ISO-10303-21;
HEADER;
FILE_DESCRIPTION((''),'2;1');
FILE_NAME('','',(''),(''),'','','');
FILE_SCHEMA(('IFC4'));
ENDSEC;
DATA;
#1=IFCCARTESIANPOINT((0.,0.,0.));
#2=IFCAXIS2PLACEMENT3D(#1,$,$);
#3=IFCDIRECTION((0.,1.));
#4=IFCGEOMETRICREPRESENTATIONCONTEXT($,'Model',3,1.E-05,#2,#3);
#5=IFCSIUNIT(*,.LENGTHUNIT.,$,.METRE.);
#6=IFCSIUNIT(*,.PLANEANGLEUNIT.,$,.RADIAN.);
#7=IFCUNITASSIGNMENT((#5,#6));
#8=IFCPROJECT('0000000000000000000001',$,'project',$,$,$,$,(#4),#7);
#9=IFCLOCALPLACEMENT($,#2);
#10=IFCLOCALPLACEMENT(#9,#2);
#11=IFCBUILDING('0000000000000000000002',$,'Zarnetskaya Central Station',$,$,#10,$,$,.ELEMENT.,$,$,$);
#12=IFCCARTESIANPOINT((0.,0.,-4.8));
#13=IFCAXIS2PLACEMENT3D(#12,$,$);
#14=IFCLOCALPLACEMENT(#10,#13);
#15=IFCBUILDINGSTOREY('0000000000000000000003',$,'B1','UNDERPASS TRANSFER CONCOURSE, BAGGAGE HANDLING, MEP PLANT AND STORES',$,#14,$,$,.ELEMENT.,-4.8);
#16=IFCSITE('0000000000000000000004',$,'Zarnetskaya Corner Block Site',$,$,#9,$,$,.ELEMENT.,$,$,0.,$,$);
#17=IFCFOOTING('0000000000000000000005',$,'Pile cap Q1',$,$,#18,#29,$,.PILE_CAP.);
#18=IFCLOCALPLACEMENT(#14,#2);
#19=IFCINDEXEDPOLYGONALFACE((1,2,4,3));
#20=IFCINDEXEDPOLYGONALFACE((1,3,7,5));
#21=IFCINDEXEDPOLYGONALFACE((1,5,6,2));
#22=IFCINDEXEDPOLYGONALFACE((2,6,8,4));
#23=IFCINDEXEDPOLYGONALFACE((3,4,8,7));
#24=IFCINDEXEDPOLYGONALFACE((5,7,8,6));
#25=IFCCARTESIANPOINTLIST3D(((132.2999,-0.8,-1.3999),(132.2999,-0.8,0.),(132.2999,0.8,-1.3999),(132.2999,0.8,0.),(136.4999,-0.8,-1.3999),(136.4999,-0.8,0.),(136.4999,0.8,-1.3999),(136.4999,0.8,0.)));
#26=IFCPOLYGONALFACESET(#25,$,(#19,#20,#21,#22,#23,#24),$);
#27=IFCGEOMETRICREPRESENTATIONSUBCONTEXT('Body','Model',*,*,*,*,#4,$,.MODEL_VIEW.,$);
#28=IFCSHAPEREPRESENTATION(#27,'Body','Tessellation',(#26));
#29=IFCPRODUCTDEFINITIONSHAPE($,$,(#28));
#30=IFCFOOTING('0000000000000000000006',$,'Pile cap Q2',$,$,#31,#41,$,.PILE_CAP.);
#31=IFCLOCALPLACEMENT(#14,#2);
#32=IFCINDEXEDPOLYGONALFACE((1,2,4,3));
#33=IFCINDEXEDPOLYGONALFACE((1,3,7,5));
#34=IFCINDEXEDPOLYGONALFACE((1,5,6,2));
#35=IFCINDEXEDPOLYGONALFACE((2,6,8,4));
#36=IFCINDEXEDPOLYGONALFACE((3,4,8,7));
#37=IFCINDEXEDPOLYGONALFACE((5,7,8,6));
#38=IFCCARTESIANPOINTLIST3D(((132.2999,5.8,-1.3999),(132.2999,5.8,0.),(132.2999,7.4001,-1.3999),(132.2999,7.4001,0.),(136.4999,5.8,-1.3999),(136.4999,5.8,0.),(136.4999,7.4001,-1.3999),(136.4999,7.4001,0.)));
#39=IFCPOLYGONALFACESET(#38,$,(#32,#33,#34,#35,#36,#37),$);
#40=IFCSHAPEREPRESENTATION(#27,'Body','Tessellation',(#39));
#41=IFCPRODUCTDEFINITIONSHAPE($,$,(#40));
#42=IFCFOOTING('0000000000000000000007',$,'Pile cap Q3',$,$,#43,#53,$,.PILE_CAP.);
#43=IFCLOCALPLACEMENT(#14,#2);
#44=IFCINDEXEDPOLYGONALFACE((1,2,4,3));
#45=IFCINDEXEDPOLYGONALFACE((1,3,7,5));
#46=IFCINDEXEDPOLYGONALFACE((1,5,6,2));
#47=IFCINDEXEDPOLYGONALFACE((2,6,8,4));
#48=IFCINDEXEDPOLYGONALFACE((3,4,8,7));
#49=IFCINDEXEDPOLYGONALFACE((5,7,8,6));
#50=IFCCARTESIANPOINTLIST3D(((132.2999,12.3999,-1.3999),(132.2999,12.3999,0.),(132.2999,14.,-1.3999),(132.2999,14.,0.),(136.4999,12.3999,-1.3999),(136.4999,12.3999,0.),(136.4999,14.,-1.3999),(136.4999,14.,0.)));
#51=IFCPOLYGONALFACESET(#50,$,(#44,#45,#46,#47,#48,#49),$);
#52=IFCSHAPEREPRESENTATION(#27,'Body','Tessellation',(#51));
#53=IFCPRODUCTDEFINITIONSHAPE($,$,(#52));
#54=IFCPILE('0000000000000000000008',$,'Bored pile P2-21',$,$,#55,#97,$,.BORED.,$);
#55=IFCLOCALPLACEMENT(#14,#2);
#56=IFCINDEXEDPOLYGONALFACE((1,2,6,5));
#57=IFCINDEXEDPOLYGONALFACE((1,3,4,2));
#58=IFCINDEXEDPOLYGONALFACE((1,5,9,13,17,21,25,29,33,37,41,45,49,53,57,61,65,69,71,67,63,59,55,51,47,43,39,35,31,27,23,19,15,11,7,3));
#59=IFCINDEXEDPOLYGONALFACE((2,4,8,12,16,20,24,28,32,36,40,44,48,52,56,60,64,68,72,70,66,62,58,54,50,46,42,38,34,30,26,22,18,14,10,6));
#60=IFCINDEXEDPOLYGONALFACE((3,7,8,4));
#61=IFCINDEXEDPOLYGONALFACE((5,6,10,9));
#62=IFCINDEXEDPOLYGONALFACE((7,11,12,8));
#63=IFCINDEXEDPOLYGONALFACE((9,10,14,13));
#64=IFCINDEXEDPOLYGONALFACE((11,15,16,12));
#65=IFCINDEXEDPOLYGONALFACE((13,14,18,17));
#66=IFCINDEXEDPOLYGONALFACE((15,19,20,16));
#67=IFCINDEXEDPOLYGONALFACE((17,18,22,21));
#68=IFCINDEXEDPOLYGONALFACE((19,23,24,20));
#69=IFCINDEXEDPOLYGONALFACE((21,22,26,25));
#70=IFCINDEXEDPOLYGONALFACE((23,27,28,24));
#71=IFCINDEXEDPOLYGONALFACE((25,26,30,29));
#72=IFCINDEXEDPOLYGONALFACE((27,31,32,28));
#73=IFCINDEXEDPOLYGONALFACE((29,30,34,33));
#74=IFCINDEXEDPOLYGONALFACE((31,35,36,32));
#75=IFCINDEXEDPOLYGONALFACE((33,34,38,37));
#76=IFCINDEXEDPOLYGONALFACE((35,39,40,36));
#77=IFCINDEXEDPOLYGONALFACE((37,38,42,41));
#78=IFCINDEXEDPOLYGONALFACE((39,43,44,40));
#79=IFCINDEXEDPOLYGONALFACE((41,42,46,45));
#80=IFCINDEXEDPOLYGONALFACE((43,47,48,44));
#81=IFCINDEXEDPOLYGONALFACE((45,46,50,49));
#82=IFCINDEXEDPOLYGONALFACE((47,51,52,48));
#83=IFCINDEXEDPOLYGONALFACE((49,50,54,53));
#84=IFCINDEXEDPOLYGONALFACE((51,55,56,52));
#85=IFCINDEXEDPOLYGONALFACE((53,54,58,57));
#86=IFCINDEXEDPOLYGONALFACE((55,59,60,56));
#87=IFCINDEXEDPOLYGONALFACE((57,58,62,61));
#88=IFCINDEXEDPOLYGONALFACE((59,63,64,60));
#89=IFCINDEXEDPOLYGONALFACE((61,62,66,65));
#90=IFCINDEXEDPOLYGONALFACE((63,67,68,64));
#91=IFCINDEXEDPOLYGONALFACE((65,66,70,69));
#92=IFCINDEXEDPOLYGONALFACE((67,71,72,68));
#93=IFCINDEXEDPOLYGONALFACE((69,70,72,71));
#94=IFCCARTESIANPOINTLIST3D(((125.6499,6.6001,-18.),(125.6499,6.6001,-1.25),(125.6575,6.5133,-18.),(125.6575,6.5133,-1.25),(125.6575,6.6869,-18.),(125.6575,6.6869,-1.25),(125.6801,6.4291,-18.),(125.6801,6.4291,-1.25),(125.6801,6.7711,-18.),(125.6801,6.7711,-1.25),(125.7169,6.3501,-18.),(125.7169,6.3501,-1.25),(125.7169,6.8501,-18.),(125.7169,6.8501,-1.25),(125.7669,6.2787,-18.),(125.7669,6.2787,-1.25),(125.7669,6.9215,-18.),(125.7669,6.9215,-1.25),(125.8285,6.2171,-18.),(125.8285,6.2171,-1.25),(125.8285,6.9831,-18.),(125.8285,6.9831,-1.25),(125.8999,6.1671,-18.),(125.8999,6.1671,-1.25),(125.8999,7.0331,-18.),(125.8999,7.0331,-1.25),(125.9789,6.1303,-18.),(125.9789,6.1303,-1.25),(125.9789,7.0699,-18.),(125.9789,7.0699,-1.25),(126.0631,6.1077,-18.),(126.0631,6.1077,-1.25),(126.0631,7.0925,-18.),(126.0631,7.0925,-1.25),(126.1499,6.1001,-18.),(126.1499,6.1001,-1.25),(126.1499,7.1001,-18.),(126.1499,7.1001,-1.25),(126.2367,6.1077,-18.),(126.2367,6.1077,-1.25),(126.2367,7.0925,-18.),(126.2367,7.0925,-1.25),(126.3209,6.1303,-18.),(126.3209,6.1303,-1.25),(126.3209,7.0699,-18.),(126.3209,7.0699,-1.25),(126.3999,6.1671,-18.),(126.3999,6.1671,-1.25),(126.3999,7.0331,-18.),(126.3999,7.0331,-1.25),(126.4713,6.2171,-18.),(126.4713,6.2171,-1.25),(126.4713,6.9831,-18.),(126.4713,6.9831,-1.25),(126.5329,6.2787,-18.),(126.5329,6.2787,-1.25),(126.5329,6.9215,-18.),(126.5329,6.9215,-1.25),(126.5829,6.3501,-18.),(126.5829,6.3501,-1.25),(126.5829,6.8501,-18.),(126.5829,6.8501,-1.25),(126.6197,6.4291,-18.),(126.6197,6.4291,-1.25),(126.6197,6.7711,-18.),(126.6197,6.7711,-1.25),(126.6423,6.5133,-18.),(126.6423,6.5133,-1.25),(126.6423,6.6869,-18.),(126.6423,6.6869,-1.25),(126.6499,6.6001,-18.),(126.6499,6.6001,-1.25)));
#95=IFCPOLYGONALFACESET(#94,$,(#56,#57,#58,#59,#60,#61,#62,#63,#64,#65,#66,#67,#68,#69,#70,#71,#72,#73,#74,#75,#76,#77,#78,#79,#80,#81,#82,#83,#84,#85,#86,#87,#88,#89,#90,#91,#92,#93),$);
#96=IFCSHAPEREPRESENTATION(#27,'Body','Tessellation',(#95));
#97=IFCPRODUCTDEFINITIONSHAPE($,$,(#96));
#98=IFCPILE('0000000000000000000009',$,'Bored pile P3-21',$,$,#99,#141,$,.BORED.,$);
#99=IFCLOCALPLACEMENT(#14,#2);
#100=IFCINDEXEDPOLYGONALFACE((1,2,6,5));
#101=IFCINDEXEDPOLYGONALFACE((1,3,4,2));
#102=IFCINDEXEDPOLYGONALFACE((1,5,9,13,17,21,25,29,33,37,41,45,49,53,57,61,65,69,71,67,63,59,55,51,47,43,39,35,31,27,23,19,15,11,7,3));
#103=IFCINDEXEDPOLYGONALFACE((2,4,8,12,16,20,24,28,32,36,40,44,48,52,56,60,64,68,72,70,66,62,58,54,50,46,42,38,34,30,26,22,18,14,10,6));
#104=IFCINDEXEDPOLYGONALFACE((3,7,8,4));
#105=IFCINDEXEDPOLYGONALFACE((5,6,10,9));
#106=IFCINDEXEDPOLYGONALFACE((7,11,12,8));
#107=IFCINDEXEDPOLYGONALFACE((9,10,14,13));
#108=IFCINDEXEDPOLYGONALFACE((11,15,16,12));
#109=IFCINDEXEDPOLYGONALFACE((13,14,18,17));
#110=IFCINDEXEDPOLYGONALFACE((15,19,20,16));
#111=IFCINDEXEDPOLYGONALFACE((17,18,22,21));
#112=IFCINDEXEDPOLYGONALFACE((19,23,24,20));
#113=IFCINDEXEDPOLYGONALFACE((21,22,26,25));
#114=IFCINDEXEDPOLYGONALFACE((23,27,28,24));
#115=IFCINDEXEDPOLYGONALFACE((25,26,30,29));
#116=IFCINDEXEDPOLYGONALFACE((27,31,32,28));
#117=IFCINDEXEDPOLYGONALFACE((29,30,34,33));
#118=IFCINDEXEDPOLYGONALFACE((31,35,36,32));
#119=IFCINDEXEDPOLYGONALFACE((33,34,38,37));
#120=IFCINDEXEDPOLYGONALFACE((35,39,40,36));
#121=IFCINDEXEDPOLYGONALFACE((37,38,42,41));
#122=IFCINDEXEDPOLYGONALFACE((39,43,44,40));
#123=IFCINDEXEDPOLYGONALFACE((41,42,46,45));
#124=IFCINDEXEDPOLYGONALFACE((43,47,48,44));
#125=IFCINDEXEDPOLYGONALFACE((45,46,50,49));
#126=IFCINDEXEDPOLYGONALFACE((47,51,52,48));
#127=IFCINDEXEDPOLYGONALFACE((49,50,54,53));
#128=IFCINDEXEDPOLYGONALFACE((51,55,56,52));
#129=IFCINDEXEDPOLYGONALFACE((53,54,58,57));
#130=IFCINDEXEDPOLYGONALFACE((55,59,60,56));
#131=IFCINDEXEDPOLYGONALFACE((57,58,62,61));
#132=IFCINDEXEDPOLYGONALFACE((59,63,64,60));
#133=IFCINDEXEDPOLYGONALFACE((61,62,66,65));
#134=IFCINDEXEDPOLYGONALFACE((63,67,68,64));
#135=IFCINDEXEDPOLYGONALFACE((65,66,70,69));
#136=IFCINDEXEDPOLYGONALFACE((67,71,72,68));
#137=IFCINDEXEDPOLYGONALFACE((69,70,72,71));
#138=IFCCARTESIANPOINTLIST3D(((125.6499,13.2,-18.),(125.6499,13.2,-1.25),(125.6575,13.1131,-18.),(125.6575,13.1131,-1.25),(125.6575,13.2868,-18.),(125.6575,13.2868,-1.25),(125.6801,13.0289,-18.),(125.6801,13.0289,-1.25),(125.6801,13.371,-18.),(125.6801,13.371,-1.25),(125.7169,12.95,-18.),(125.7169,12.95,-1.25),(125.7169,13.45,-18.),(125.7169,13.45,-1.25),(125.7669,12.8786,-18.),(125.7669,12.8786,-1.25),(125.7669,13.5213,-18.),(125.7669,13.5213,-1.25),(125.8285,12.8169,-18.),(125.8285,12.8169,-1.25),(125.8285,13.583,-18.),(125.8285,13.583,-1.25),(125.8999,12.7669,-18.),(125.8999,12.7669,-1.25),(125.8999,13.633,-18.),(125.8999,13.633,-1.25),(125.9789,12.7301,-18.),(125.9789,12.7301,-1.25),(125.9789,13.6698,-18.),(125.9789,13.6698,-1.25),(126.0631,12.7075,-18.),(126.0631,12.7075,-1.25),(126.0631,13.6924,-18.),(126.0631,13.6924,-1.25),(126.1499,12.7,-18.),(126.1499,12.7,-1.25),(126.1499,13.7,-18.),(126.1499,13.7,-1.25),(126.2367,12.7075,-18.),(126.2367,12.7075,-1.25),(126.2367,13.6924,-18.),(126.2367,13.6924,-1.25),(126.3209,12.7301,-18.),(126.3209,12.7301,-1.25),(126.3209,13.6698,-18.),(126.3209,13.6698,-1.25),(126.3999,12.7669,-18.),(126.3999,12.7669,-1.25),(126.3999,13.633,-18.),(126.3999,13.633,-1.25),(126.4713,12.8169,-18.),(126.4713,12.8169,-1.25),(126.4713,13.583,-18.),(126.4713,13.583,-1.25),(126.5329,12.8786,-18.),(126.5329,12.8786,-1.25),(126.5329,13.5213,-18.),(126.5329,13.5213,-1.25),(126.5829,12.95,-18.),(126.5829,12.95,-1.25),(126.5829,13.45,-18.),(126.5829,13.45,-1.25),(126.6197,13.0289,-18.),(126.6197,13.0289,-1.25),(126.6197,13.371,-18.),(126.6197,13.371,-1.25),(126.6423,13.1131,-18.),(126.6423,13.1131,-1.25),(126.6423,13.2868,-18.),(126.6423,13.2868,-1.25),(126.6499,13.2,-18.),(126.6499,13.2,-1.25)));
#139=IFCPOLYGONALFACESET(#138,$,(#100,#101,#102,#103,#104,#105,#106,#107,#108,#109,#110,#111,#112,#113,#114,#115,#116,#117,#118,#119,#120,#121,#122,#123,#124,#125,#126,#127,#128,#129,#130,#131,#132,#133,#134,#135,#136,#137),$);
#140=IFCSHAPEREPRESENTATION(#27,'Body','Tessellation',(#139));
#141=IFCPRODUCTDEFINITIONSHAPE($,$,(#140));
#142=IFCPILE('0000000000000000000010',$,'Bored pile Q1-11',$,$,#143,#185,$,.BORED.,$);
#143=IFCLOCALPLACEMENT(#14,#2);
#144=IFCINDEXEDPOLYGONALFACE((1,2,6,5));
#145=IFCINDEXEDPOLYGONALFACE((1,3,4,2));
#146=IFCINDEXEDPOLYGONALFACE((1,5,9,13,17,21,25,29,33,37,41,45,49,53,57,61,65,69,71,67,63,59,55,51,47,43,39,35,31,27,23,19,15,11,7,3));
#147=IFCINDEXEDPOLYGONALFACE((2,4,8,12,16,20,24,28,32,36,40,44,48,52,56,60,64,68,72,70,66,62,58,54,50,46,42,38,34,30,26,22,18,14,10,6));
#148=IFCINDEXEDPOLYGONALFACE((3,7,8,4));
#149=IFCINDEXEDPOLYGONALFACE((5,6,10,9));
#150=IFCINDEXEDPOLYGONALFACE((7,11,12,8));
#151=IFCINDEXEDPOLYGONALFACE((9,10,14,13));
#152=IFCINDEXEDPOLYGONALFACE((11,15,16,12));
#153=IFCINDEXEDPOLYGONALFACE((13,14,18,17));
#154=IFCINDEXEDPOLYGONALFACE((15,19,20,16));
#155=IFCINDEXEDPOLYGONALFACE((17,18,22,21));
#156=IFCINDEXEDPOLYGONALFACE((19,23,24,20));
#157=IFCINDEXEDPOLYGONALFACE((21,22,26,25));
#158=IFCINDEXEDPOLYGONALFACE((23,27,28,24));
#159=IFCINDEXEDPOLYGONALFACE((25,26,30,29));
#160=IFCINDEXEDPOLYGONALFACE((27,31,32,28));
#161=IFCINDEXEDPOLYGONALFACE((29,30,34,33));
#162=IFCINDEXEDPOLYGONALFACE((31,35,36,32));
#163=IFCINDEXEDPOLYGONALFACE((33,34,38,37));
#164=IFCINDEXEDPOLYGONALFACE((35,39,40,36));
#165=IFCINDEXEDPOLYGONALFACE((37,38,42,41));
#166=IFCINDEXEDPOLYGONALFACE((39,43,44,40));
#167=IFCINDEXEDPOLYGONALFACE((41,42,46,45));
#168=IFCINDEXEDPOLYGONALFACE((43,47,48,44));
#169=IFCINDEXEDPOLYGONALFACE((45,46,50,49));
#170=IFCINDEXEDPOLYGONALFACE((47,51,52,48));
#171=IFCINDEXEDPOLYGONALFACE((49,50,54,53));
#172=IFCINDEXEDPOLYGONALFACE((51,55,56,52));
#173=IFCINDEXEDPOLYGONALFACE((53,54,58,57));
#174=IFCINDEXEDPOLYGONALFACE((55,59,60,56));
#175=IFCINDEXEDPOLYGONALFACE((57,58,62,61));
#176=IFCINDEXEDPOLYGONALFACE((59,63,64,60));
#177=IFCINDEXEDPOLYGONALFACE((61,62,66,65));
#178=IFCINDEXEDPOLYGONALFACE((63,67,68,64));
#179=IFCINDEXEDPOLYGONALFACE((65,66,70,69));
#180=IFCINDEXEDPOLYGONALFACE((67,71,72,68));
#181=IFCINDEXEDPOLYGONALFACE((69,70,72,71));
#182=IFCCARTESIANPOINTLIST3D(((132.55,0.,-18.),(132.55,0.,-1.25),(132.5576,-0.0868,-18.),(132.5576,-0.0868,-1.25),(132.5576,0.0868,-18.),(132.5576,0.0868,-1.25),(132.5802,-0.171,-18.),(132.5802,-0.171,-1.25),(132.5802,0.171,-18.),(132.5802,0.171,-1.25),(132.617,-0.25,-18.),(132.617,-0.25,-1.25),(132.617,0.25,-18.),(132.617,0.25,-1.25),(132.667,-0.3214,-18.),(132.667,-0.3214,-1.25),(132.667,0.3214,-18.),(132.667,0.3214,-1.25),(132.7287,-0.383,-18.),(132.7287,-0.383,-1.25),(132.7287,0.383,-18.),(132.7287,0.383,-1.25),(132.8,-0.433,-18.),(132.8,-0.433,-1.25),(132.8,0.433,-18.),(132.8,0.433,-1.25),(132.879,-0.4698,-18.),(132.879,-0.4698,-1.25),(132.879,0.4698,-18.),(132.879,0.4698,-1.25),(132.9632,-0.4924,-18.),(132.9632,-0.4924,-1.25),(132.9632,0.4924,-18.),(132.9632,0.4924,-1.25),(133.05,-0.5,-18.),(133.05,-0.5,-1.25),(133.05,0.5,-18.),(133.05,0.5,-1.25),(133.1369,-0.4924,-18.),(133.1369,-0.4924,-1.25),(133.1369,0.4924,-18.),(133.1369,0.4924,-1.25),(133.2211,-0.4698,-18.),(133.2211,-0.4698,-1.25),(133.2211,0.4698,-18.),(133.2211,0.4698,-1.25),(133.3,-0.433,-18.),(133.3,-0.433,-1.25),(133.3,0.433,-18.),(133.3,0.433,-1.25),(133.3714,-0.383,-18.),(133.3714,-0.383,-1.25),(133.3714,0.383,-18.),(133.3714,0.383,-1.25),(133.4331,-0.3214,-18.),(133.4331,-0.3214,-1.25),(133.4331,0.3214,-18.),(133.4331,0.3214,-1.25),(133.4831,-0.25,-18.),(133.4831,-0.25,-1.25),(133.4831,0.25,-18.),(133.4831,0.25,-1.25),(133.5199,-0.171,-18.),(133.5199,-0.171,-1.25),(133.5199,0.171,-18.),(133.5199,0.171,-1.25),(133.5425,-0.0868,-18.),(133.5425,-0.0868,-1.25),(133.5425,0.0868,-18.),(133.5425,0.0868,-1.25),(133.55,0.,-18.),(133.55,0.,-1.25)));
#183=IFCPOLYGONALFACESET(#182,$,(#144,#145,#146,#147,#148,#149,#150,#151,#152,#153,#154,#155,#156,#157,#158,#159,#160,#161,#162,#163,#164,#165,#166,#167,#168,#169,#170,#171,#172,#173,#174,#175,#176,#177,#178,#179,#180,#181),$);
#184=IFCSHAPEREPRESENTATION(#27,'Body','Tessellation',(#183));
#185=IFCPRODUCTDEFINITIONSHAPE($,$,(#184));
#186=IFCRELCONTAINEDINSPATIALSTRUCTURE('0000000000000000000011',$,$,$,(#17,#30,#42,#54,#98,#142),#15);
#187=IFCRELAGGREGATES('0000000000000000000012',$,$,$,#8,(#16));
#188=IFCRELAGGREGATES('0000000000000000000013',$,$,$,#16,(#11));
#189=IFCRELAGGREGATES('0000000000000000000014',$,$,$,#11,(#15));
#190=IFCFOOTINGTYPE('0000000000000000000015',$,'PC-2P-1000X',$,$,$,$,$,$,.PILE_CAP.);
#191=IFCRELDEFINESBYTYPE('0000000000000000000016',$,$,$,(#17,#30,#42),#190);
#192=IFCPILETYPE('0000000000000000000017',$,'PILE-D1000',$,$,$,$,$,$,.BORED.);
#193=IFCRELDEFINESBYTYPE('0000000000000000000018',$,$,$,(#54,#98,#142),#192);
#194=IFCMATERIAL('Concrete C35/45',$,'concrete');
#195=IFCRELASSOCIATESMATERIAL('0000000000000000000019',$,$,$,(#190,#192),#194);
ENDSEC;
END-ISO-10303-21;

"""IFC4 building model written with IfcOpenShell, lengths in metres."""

from ifc_helpers import new_model, si_unit, direction, frame, origin, origin_2d, place, context, subcontext, project, spatial, rectangle, circle, extrude, material, material_profile, profile_set, type_object, element, save


model = new_model("IFC4")

# Units and contexts
model_context = context("Model", 3, precision=1e-05, world=origin(), true_north=direction((0.0, 1.0)))
body_context = subcontext(model_context, "Body", "Model", "MODEL_VIEW")
ifc_project = project(units=[si_unit("LENGTHUNIT", "METRE"), si_unit("PLANEANGLEUNIT", "RADIAN")], contexts=[model_context])

# Site, building, storey
site_placement = place(None, origin())
site = spatial("IfcSite", under=ifc_project, at=site_placement, Name="Zarnetskaya Corner Block Site", CompositionType="ELEMENT", RefElevation=0.0)
building_placement = place(site_placement, origin())
building = spatial("IfcBuilding", under=site, at=building_placement, Name="Zarnetskaya Central Station", CompositionType="ELEMENT")
storey_placement = place(building_placement, frame((0.0, 0.0, -4.8)))
storey = spatial("IfcBuildingStorey", under=building, at=storey_placement, Name="B1", Description="UNDERPASS TRANSFER CONCOURSE, BAGGAGE HANDLING, MEP PLANT AND STORES", CompositionType="ELEMENT", Elevation=-4.8)

# Footings
ifc_material_1 = material(Name="Concrete C35/45", Category="concrete")
footing_type = type_object("IfcFootingType", Name="PC-2P-1000X", PredefinedType="PILE_CAP", material=ifc_material_1)
for number, where, z_axis, x_axis, name in (
    (1, (134.3999, 0.0, -1.3999), (0.0, 0.0, 1.0), (1.0, 0.0, 0.0), "Pile cap Q1"),
    (2, (134.3999, 6.6001, -1.3999), (0.0, 0.0, 1.0), (1.0, 0.0, 0.0), "Pile cap Q2"),
    (3, (134.3999, 13.2, -1.3999), (0.0, 0.0, 1.0), (1.0, 0.0, 0.0), "Pile cap Q3"),
):
    element("IfcFooting", number, at=place(storey_placement, frame(where, z_axis=z_axis, x_axis=x_axis)), inside=storey, type_object=footing_type, Name=name, PredefinedType="PILE_CAP", context=body_context, shape_type="SweptSolid", body=[
        extrude(rectangle(XDim=4.2, YDim=1.6001, at=origin_2d()), origin(), (0.0, 0.0, 1.0), 1.3999),
    ])

# Piles
ifc_material_profile_1 = material_profile(ifc_material_1, circle(Radius=0.5, at=origin_2d()), Name="BORED PILE D1000")
ifc_profile_set_1 = profile_set([ifc_material_profile_1], Name="Concrete C35/45")
pile_type = type_object("IfcPileType", Name="PILE-D1000", PredefinedType="BORED", material=ifc_profile_set_1)
for number, where, z_axis, x_axis, name in (
    (4, (126.1499, 6.6001, -1.25), (0.0, 0.0, -1.0), (1.0, 0.0, 0.0), "Bored pile P2-21"),
    (5, (126.1499, 13.2, -1.25), (0.0, 0.0, -1.0), (1.0, 0.0, 0.0), "Bored pile P3-21"),
    (6, (133.05, 0.0, -1.25), (0.0, 0.0, -1.0), (1.0, 0.0, 0.0), "Bored pile Q1-11"),
):
    element("IfcPile", number, at=place(storey_placement, frame(where, z_axis=z_axis, x_axis=x_axis)), inside=storey, type_object=pile_type, Name=name, PredefinedType="BORED", context=body_context, shape_type="SweptSolid", body=[
        extrude(circle(Radius=0.5, at=origin_2d()), origin(), (0.0, 0.0, 1.0), 16.75),
    ])

save(model, "model.ifc")
